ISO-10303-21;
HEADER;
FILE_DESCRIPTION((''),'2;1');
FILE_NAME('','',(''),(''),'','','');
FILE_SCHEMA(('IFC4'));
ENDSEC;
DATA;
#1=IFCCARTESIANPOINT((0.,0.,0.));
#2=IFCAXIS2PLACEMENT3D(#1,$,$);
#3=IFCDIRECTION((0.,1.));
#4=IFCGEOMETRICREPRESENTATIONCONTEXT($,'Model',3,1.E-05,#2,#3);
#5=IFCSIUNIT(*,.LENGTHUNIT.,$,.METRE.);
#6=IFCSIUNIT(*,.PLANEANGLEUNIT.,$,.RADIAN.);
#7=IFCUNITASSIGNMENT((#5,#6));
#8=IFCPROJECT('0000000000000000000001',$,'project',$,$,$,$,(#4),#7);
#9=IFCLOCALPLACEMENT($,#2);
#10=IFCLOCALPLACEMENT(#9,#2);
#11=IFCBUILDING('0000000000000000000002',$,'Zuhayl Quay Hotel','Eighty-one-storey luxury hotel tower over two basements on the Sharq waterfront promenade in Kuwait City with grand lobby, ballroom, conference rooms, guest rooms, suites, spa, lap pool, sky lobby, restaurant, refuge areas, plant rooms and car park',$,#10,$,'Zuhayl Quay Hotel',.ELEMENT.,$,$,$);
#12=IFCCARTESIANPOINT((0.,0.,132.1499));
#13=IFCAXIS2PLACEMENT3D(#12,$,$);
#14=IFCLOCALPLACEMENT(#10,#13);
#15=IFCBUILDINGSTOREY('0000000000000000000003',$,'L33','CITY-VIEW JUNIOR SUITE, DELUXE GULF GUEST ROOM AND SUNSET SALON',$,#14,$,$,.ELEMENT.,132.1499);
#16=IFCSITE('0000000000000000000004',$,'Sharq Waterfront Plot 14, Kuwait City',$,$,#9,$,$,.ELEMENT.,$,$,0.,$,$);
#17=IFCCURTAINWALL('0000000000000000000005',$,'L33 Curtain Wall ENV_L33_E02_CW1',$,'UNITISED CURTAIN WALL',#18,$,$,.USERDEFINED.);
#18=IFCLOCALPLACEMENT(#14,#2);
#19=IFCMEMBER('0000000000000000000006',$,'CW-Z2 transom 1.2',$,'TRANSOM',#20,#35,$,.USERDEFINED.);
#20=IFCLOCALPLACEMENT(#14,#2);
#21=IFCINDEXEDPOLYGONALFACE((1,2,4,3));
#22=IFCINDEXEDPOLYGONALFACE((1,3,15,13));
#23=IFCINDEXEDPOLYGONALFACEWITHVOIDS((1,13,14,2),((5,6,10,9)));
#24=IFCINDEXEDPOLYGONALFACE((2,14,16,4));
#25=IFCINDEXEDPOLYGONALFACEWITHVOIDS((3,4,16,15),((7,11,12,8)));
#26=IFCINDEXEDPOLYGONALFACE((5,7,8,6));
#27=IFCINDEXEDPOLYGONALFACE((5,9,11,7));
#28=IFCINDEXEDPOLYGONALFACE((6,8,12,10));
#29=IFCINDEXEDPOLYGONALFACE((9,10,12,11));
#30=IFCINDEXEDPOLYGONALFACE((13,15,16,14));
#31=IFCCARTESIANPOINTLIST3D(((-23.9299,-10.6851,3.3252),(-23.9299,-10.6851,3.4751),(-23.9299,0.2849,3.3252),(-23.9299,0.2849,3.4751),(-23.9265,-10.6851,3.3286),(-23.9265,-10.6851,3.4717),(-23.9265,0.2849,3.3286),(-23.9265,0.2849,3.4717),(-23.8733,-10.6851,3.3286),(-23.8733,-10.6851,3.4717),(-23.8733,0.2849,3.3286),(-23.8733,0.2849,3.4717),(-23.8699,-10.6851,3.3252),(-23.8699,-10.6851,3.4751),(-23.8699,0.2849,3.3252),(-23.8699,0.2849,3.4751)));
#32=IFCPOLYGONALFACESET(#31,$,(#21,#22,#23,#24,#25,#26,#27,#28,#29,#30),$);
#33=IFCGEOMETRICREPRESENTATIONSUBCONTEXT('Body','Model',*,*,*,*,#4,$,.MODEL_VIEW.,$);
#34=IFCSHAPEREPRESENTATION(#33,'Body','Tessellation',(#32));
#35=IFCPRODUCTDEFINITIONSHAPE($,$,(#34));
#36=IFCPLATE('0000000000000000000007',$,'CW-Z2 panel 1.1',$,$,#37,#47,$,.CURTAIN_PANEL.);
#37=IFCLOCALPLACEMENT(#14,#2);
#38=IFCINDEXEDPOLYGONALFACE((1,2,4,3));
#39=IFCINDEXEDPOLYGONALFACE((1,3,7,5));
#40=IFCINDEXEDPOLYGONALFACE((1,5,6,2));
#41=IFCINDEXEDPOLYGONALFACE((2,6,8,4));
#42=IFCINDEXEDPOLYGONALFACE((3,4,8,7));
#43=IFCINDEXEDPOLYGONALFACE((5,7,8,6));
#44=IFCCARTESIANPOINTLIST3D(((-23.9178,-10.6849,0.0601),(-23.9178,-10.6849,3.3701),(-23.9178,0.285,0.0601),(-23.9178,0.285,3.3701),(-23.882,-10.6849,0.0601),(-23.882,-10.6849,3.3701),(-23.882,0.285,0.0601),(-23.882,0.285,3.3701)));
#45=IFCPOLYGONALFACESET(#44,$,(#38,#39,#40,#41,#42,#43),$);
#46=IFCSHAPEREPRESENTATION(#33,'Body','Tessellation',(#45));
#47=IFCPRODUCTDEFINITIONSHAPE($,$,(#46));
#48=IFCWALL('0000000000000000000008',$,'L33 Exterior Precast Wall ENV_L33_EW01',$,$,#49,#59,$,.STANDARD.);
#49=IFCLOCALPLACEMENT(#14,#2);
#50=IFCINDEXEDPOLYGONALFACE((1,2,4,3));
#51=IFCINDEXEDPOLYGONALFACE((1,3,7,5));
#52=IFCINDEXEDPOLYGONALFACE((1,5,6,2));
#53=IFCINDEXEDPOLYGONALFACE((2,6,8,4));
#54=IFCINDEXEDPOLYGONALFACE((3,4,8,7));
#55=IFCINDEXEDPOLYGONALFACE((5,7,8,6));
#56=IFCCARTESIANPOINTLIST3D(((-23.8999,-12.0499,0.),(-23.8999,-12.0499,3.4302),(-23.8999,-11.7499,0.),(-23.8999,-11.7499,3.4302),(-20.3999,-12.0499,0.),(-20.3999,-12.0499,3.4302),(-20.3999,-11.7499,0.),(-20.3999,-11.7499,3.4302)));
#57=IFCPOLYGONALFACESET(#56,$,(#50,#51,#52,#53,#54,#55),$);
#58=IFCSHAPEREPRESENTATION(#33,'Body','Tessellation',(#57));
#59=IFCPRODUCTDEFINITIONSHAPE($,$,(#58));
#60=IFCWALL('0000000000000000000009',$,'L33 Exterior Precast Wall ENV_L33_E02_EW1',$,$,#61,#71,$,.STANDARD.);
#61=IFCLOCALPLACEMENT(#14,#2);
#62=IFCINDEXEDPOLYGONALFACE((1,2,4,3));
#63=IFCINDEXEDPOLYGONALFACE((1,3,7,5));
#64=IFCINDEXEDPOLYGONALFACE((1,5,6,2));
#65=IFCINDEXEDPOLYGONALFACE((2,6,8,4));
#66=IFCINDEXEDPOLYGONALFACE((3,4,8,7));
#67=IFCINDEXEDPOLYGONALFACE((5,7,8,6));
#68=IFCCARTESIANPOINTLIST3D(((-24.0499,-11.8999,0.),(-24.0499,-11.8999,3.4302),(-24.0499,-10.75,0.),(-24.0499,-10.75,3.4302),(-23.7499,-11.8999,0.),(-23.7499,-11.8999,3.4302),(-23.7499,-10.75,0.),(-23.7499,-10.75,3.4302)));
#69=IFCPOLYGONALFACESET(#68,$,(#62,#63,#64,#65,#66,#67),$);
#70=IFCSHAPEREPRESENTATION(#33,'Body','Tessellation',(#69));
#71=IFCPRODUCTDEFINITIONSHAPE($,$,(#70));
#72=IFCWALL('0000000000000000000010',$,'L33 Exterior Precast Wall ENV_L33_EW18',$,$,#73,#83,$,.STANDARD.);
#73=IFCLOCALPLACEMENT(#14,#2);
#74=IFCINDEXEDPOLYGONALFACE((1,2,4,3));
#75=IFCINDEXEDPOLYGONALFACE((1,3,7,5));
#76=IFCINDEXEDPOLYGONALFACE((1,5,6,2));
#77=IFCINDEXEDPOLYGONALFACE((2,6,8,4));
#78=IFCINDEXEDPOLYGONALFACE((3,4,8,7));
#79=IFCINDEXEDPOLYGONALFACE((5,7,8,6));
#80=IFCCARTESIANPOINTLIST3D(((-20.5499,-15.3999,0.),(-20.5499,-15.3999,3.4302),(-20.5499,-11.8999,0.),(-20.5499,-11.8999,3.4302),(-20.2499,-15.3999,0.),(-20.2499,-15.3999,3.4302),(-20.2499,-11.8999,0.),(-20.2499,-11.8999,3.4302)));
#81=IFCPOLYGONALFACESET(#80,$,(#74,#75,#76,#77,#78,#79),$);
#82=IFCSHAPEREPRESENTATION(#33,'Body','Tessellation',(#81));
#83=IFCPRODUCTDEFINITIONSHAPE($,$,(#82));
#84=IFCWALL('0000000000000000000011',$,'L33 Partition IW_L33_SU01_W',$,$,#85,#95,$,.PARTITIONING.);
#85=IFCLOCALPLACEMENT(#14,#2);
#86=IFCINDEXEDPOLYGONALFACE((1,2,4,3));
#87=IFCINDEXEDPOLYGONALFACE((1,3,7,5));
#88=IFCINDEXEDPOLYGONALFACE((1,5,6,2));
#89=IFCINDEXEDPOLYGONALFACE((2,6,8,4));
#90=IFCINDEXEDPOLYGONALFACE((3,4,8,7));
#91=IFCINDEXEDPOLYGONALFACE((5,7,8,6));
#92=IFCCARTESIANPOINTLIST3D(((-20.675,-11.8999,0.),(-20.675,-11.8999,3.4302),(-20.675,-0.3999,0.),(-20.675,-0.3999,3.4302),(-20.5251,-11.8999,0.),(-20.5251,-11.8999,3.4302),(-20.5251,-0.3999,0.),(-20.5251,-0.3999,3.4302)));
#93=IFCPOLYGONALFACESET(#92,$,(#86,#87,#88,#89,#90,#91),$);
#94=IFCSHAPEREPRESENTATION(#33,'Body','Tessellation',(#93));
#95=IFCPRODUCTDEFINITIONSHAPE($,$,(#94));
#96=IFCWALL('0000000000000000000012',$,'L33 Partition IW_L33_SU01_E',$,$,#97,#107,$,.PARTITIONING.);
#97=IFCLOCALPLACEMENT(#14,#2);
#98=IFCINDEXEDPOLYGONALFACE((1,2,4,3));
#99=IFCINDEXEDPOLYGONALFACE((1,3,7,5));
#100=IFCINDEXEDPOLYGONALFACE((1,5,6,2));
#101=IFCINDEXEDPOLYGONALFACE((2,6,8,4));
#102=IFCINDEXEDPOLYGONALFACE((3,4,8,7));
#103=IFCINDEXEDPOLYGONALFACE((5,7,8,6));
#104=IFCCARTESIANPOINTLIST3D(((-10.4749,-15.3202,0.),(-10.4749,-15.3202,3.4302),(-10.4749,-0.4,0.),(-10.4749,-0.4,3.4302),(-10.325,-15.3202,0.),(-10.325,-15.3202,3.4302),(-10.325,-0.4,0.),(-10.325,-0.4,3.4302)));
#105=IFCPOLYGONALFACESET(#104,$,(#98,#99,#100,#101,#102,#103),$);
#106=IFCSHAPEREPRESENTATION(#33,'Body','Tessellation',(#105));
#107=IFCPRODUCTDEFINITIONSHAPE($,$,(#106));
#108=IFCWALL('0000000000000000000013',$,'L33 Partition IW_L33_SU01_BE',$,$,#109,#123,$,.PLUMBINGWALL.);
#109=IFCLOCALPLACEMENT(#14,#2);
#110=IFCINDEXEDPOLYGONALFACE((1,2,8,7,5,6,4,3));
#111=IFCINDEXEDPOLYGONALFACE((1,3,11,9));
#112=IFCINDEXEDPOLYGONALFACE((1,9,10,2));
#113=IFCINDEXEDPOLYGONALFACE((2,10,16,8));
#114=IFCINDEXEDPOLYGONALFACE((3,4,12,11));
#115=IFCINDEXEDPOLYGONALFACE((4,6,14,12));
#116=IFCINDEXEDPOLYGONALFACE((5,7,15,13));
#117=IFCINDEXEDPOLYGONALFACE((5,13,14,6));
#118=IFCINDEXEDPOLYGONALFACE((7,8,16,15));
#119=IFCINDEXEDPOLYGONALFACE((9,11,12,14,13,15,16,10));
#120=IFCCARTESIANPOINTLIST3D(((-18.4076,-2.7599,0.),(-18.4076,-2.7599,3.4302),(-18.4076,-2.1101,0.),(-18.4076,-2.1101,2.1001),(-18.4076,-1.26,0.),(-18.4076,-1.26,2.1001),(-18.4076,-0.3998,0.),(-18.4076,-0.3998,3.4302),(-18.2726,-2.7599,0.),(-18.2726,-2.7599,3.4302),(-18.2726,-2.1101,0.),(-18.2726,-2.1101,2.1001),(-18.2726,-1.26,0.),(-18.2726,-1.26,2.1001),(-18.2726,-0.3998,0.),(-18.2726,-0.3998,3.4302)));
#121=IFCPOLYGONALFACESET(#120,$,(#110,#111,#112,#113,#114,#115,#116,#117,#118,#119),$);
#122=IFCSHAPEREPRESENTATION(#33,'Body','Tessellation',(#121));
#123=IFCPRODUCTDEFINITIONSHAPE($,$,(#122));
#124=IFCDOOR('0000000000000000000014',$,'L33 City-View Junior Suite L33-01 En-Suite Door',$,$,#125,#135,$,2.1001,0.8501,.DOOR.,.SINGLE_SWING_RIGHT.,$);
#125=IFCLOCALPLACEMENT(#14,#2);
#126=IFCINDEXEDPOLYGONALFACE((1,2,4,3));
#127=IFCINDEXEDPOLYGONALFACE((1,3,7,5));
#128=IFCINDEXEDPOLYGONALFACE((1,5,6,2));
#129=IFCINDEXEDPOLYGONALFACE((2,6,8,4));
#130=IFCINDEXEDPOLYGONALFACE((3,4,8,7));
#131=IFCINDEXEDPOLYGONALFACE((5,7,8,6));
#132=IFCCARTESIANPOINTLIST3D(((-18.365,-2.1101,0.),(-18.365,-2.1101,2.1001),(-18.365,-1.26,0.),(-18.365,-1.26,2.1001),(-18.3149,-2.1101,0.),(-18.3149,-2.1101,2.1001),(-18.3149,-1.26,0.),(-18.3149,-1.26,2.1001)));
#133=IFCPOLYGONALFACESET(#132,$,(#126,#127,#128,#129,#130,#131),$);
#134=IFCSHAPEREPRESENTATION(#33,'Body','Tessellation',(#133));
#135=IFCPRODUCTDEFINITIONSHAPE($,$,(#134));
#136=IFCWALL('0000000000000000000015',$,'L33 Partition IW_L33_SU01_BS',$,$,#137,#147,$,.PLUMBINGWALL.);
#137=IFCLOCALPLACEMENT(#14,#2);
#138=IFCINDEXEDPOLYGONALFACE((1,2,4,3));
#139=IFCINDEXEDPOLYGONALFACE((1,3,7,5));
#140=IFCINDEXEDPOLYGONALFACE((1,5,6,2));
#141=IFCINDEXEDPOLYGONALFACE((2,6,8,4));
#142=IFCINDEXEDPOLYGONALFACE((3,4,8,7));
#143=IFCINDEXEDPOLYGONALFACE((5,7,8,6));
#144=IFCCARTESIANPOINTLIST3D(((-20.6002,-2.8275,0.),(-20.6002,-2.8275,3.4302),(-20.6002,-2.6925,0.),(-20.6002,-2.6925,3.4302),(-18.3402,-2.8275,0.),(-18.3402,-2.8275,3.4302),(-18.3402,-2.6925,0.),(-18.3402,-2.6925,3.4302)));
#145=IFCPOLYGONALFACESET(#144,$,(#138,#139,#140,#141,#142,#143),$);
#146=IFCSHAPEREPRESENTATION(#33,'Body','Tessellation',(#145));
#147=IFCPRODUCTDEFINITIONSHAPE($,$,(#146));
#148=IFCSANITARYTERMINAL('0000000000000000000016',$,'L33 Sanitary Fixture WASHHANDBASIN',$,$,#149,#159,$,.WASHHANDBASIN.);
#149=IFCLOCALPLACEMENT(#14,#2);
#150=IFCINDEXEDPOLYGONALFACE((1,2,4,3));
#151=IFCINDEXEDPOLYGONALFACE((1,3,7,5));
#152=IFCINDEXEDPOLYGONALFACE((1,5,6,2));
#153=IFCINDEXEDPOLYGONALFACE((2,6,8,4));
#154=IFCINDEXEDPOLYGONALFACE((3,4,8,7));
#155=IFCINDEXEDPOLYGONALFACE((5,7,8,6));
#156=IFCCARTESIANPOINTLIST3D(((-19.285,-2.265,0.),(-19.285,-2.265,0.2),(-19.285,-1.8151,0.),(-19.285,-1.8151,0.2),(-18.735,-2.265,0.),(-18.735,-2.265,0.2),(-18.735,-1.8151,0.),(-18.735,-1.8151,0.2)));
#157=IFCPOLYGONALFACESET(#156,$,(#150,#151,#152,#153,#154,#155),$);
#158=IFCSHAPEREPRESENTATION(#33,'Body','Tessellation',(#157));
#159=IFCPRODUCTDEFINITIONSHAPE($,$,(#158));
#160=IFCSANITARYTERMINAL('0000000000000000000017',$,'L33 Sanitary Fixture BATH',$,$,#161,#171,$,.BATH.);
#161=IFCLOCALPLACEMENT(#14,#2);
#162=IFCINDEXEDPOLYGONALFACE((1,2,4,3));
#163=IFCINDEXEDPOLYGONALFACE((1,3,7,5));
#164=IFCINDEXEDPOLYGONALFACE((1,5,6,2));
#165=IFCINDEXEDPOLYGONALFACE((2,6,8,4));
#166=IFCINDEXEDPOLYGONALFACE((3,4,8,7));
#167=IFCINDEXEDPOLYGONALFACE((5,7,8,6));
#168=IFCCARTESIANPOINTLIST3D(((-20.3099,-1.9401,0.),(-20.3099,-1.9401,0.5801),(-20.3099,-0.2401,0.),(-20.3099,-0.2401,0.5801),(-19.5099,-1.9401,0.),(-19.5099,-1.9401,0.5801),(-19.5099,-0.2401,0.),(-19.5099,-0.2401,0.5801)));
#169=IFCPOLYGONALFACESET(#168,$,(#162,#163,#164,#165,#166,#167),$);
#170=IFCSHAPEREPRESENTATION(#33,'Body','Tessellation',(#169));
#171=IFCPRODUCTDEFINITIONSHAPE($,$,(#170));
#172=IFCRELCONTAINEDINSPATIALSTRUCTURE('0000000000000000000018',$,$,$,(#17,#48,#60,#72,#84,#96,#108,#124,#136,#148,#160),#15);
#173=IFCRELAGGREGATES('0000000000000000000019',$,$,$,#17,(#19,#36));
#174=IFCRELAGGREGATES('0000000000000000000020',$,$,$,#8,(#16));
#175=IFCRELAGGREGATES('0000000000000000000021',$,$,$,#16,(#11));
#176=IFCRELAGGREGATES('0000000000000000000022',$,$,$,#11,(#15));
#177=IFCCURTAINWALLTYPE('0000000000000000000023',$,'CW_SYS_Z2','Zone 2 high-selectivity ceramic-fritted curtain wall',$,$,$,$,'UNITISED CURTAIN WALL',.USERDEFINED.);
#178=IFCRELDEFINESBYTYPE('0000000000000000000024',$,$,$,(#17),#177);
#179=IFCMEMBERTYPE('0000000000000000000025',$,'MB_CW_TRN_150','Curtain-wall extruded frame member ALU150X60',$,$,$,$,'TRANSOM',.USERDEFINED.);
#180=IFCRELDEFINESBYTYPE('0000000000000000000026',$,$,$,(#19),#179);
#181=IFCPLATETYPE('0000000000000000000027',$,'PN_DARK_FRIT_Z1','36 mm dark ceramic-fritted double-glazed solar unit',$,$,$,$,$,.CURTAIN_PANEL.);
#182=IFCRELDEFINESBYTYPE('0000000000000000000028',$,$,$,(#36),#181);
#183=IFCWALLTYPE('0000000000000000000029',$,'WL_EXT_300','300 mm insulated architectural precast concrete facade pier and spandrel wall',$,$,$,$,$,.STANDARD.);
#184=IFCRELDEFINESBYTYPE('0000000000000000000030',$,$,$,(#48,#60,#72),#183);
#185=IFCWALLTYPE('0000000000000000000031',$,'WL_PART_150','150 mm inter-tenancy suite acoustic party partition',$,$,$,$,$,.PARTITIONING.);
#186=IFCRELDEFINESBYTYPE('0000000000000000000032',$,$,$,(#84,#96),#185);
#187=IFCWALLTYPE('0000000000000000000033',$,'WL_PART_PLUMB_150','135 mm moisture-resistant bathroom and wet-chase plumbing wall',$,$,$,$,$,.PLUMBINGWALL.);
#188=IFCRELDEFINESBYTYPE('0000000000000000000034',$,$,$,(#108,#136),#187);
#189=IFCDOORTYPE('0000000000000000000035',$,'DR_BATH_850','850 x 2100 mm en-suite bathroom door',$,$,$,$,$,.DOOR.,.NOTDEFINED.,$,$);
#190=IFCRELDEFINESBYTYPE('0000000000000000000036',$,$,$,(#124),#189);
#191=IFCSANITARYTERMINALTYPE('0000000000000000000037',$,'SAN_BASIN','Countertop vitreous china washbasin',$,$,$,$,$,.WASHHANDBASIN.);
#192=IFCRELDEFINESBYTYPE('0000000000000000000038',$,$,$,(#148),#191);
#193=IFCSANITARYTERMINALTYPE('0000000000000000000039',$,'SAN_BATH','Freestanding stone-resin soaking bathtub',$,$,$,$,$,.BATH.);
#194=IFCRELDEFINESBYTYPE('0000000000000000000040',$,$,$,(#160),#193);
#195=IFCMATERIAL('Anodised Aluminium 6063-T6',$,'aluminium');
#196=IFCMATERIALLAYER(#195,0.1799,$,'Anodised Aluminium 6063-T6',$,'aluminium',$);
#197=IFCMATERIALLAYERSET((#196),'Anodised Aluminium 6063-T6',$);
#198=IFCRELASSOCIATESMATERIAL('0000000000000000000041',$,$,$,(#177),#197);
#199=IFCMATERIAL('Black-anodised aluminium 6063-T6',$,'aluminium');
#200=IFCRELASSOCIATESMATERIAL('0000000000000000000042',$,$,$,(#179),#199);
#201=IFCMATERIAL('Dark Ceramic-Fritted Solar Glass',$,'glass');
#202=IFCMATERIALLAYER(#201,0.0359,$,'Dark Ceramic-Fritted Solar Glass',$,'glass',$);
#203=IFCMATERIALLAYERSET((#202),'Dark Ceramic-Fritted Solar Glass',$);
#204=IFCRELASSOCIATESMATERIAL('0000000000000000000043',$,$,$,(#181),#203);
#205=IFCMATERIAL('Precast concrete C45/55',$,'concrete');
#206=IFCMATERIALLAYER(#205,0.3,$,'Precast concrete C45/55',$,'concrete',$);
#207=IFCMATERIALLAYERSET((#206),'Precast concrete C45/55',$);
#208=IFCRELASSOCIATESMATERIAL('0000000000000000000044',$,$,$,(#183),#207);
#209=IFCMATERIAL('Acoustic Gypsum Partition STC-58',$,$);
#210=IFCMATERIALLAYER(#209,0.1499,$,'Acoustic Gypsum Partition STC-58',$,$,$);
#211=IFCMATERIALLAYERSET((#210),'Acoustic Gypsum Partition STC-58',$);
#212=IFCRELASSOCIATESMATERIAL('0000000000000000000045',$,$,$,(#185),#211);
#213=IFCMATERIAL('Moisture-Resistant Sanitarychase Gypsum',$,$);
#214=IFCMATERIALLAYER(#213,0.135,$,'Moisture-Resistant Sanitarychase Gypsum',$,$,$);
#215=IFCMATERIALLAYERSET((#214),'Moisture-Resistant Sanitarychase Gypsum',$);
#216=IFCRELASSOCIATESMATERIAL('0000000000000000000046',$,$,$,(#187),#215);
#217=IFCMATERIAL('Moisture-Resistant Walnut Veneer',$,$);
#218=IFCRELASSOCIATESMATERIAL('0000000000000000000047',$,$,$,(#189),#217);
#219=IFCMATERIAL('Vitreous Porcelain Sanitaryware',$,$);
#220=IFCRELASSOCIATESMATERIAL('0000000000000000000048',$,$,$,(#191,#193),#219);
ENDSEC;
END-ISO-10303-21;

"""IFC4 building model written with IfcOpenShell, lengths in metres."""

from ifc_helpers import new_model, si_unit, direction, frame, frame_2d, origin, origin_2d, place, context, subcontext, project, spatial, rectangle, hollow_rectangle, extrude, material, layer, layer_set, material_profile, profile_set, type_object, element, fill, aggregate, save


model = new_model("IFC4")

# Units and contexts
model_context = context("Model", 3, precision=1e-05, world=origin(), true_north=direction((0.0, 1.0)))
body_context = subcontext(model_context, "Body", "Model", "MODEL_VIEW")
ifc_project = project(units=[si_unit("LENGTHUNIT", "METRE"), si_unit("PLANEANGLEUNIT", "RADIAN")], contexts=[model_context])

# Site, building, storey
site_placement = place(None, origin())
site = spatial("IfcSite", under=ifc_project, at=site_placement, Name="Sharq Waterfront Plot 14, Kuwait City", CompositionType="ELEMENT", RefElevation=0.0)
building_placement = place(site_placement, origin())
building = spatial("IfcBuilding", under=site, at=building_placement, Name="Zuhayl Quay Hotel", Description="Eighty-one-storey luxury hotel tower over two basements on the Sharq waterfront promenade in Kuwait City with grand lobby, ballroom, conference rooms, guest rooms, suites, spa, lap pool, sky lobby, restaurant, refuge areas, plant rooms and car park", LongName="Zuhayl Quay Hotel", CompositionType="ELEMENT")
storey_placement = place(building_placement, frame((0.0, 0.0, 132.1499)))
storey = spatial("IfcBuildingStorey", under=building, at=storey_placement, Name="L33", Description="CITY-VIEW JUNIOR SUITE, DELUXE GULF GUEST ROOM AND SUNSET SALON", CompositionType="ELEMENT", Elevation=132.1499)

# Curtain wall, member, plate
ifc_material_1 = material(Name="Anodised Aluminium 6063-T6", Category="aluminium")
ifc_layer_1 = layer(ifc_material_1, 0.1799, Name="Anodised Aluminium 6063-T6", Category="aluminium")
ifc_layer_set_1 = layer_set([ifc_layer_1], Name="Anodised Aluminium 6063-T6")
curtain_wall_type = type_object("IfcCurtainWallType", Name="CW_SYS_Z2", Description="Zone 2 high-selectivity ceramic-fritted curtain wall", ElementType="UNITISED CURTAIN WALL", PredefinedType="USERDEFINED", material=ifc_layer_set_1)
curtain_wall_placement = place(storey_placement, origin())
curtain_wall = element("IfcCurtainWall", 1, at=curtain_wall_placement, inside=storey, type_object=curtain_wall_type, Name="L33 Curtain Wall ENV_L33_E02_CW1", ObjectType="UNITISED CURTAIN WALL", PredefinedType="USERDEFINED")
ifc_material_2 = material(Name="Black-anodised aluminium 6063-T6", Category="aluminium")
ifc_material_profile_1 = material_profile(ifc_material_2, hollow_rectangle(XDim=0.0601, YDim=0.1499, WallThickness=0.0034, at=origin_2d()), Name="ALU150X60")
ifc_profile_set_1 = profile_set([ifc_material_profile_1], Name="Black-anodised aluminium 6063-T6")
member_type_1 = type_object("IfcMemberType", Name="MB_CW_TRN_150", Description="Curtain-wall extruded frame member ALU150X60", ElementType="TRANSOM", PredefinedType="USERDEFINED", material=ifc_profile_set_1)
member_1_placement = place(storey_placement, frame((-23.8999, -10.6851, 3.4001), z_axis=(0.0, 1.0, 0.0), x_axis=(-1.0, 0.0, 0.0)))
member_1 = element("IfcMember", 2, at=member_1_placement, type_object=member_type_1, Name="CW-Z2 transom 1.2", ObjectType="TRANSOM", PredefinedType="USERDEFINED", context=body_context, shape_type="SweptSolid", body=[
    extrude(hollow_rectangle(XDim=0.0601, YDim=0.1499, WallThickness=0.0034, at=origin_2d()), origin(), (0.0, 0.0, 1.0), 10.97),
])
ifc_material_3 = material(Name="Dark Ceramic-Fritted Solar Glass", Category="glass")
ifc_layer_2 = layer(ifc_material_3, 0.0359, Name="Dark Ceramic-Fritted Solar Glass", Category="glass")
ifc_layer_set_2 = layer_set([ifc_layer_2], Name="Dark Ceramic-Fritted Solar Glass")
plate_type = type_object("IfcPlateType", Name="PN_DARK_FRIT_Z1", Description="36 mm dark ceramic-fritted double-glazed solar unit", PredefinedType="CURTAIN_PANEL", material=ifc_layer_set_2)
plate_placement = place(storey_placement, frame((-23.8999, -5.2, 0.0601), z_axis=(0.0, 0.0, 1.0), x_axis=(0.0, 1.0, 0.0)))
plate = element("IfcPlate", 3, at=plate_placement, type_object=plate_type, Name="CW-Z2 panel 1.1", PredefinedType="CURTAIN_PANEL", context=body_context, shape_type="SweptSolid", body=[
    extrude(rectangle(XDim=10.97, YDim=0.0359, at=origin_2d()), origin(), (0.0, 0.0, 1.0), 3.3101),
])
aggregate(curtain_wall, [member_1, plate])

# Walls
ifc_material_4 = material(Name="Precast concrete C45/55", Category="concrete")
ifc_layer_3 = layer(ifc_material_4, 0.3, Name="Precast concrete C45/55", Category="concrete")
ifc_layer_set_3 = layer_set([ifc_layer_3], Name="Precast concrete C45/55")
wall_type_1 = type_object("IfcWallType", Name="WL_EXT_300", Description="300 mm insulated architectural precast concrete facade pier and spandrel wall", PredefinedType="STANDARD", material=ifc_layer_set_3)
wall_1_placement = place(storey_placement, frame((-20.3999, -11.8999, 0.0), z_axis=(0.0, 0.0, 1.0), x_axis=(-1.0, 0.0, 0.0)))
element("IfcWall", 4, at=wall_1_placement, inside=storey, type_object=wall_type_1, Name="L33 Exterior Precast Wall ENV_L33_EW01", PredefinedType="STANDARD", context=body_context, shape_type="SweptSolid", body=[
    extrude(rectangle(XDim=3.5, YDim=0.3, at=frame_2d((1.75, 0.0))), origin(), (0.0, 0.0, 1.0), 3.4302),
])
wall_2_placement = place(storey_placement, frame((-23.8999, -11.8999, 0.0), z_axis=(0.0, 0.0, 1.0), x_axis=(0.0, 1.0, 0.0)))
element("IfcWall", 5, at=wall_2_placement, inside=storey, type_object=wall_type_1, Name="L33 Exterior Precast Wall ENV_L33_E02_EW1", PredefinedType="STANDARD", context=body_context, shape_type="SweptSolid", body=[
    extrude(rectangle(XDim=1.1499, YDim=0.3, at=frame_2d((0.575, 0.0))), origin(), (0.0, 0.0, 1.0), 3.4302),
])
wall_3_placement = place(storey_placement, frame((-20.3999, -15.3999, 0.0), z_axis=(0.0, 0.0, 1.0), x_axis=(0.0, 1.0, 0.0)))
element("IfcWall", 6, at=wall_3_placement, inside=storey, type_object=wall_type_1, Name="L33 Exterior Precast Wall ENV_L33_EW18", PredefinedType="STANDARD", context=body_context, shape_type="SweptSolid", body=[
    extrude(rectangle(XDim=3.5, YDim=0.3, at=frame_2d((1.75, 0.0))), origin(), (0.0, 0.0, 1.0), 3.4302),
])
ifc_material_5 = material(Name="Acoustic Gypsum Partition STC-58")
ifc_layer_4 = layer(ifc_material_5, 0.1499, Name="Acoustic Gypsum Partition STC-58")
ifc_layer_set_4 = layer_set([ifc_layer_4], Name="Acoustic Gypsum Partition STC-58")
wall_type_2 = type_object("IfcWallType", Name="WL_PART_150", Description="150 mm inter-tenancy suite acoustic party partition", PredefinedType="PARTITIONING", material=ifc_layer_set_4)
wall_4_placement = place(storey_placement, frame((-20.6001, -11.8999, 0.0), z_axis=(0.0, 0.0, 1.0), x_axis=(0.0, 1.0, 0.0)))
element("IfcWall", 7, at=wall_4_placement, inside=storey, type_object=wall_type_2, Name="L33 Partition IW_L33_SU01_W", PredefinedType="PARTITIONING", context=body_context, shape_type="SweptSolid", body=[
    extrude(rectangle(XDim=11.5, YDim=0.1499, at=frame_2d((5.75, 0.0))), origin(), (0.0, 0.0, 1.0), 3.4302),
])
wall_5_placement = place(storey_placement, frame((-10.3999, -15.3201, 0.0), z_axis=(0.0, 0.0, 1.0), x_axis=(0.0, 1.0, 0.0)))
element("IfcWall", 8, at=wall_5_placement, inside=storey, type_object=wall_type_2, Name="L33 Partition IW_L33_SU01_E", PredefinedType="PARTITIONING", context=body_context, shape_type="SweptSolid", body=[
    extrude(rectangle(XDim=14.9202, YDim=0.1499, at=frame_2d((7.46, 0.0))), origin(), (0.0, 0.0, 1.0), 3.4302),
])

# Wall, opening, door
ifc_material_6 = material(Name="Moisture-Resistant Sanitarychase Gypsum")
ifc_layer_5 = layer(ifc_material_6, 0.135, Name="Moisture-Resistant Sanitarychase Gypsum")
ifc_layer_set_5 = layer_set([ifc_layer_5], Name="Moisture-Resistant Sanitarychase Gypsum")
wall_type_3 = type_object("IfcWallType", Name="WL_PART_PLUMB_150", Description="135 mm moisture-resistant bathroom and wet-chase plumbing wall", PredefinedType="PLUMBINGWALL", material=ifc_layer_set_5)
wall_6_placement = place(storey_placement, frame((-18.3401, -2.76, 0.0), z_axis=(0.0, 0.0, 1.0), x_axis=(0.0, 1.0, 0.0)))
wall_6 = element("IfcWall", 9, at=wall_6_placement, inside=storey, type_object=wall_type_3, Name="L33 Partition IW_L33_SU01_BE", PredefinedType="PLUMBINGWALL", context=body_context, shape_type="SweptSolid", body=[
    extrude(rectangle(XDim=2.3601, YDim=0.135, at=frame_2d((1.1802, 0.0))), origin(), (0.0, 0.0, 1.0), 3.4302),
])
opening_placement = place(wall_6_placement, frame((0.6499, 0.0, 0.0)))
opening = element("IfcOpeningElement", 10, at=opening_placement, cuts=wall_6, PredefinedType="OPENING", context=body_context, shape_type="SweptSolid", body=[
    extrude(rectangle(XDim=0.8501, YDim=2.1001, at=frame_2d((0.425, 1.05))), frame((0.0, 0.0774, 0.0), z_axis=(0.0, -1.0, 0.0), x_axis=(1.0, 0.0, 0.0)), (0.0, 0.0, 1.0), 0.155),
])
ifc_material_7 = material(Name="Moisture-Resistant Walnut Veneer")
door_type = type_object("IfcDoorType", Name="DR_BATH_850", Description="850 x 2100 mm en-suite bathroom door", OperationType="NOTDEFINED", PredefinedType="DOOR", material=ifc_material_7)
door_placement = place(opening_placement, origin())
door = element("IfcDoor", 11, at=door_placement, inside=storey, type_object=door_type, Name="L33 City-View Junior Suite L33-01 En-Suite Door", OperationType="SINGLE_SWING_RIGHT", OverallHeight=2.1001, OverallWidth=0.8501, PredefinedType="DOOR", context=body_context, shape_type="SweptSolid", body=[
    extrude(rectangle(XDim=0.8501, YDim=2.1001, at=frame_2d((0.425, 1.05))), frame((0.0, 0.0249, 0.0), z_axis=(0.0, -1.0, 0.0), x_axis=(1.0, 0.0, 0.0)), (0.0, 0.0, 1.0), 0.05),
])
fill(opening, door)

# Wall
wall_7_placement = place(storey_placement, frame((-20.6001, -2.76, 0.0), z_axis=(0.0, 0.0, 1.0), x_axis=(1.0, 0.0, 0.0)))
element("IfcWall", 12, at=wall_7_placement, inside=storey, type_object=wall_type_3, Name="L33 Partition IW_L33_SU01_BS", PredefinedType="PLUMBINGWALL", context=body_context, shape_type="SweptSolid", body=[
    extrude(rectangle(XDim=2.26, YDim=0.135, at=frame_2d((1.1299, 0.0))), origin(), (0.0, 0.0, 1.0), 3.4302),
])

# Sanitary terminals
ifc_material_8 = material(Name="Vitreous Porcelain Sanitaryware")
sanitary_terminal_type_1 = type_object("IfcSanitaryTerminalType", Name="SAN_BASIN", Description="Countertop vitreous china washbasin", PredefinedType="WASHHANDBASIN", material=ifc_material_8)
sanitary_terminal_1_placement = place(storey_placement, frame((-19.01, -2.04, 0.0), z_axis=(0.0, 0.0, 1.0), x_axis=(1.0, 0.0, 0.0)))
element("IfcSanitaryTerminal", 13, at=sanitary_terminal_1_placement, inside=storey, type_object=sanitary_terminal_type_1, Name="L33 Sanitary Fixture WASHHANDBASIN", PredefinedType="WASHHANDBASIN", context=body_context, shape_type="SweptSolid", body=[
    extrude(rectangle(XDim=0.55, YDim=0.45, at=origin_2d()), origin(), (0.0, 0.0, 1.0), 0.2),
])
sanitary_terminal_type_2 = type_object("IfcSanitaryTerminalType", Name="SAN_BATH", Description="Freestanding stone-resin soaking bathtub", PredefinedType="BATH", material=ifc_material_8)
sanitary_terminal_2_placement = place(storey_placement, frame((-19.9099, -1.0901, 0.0), z_axis=(0.0, 0.0, 1.0), x_axis=(1.0, 0.0, 0.0)))
element("IfcSanitaryTerminal", 14, at=sanitary_terminal_2_placement, inside=storey, type_object=sanitary_terminal_type_2, Name="L33 Sanitary Fixture BATH", PredefinedType="BATH", context=body_context, shape_type="SweptSolid", body=[
    extrude(rectangle(XDim=0.8, YDim=1.7, at=origin_2d()), origin(), (0.0, 0.0, 1.0), 0.5801),
])

save(model, "model.ifc")
